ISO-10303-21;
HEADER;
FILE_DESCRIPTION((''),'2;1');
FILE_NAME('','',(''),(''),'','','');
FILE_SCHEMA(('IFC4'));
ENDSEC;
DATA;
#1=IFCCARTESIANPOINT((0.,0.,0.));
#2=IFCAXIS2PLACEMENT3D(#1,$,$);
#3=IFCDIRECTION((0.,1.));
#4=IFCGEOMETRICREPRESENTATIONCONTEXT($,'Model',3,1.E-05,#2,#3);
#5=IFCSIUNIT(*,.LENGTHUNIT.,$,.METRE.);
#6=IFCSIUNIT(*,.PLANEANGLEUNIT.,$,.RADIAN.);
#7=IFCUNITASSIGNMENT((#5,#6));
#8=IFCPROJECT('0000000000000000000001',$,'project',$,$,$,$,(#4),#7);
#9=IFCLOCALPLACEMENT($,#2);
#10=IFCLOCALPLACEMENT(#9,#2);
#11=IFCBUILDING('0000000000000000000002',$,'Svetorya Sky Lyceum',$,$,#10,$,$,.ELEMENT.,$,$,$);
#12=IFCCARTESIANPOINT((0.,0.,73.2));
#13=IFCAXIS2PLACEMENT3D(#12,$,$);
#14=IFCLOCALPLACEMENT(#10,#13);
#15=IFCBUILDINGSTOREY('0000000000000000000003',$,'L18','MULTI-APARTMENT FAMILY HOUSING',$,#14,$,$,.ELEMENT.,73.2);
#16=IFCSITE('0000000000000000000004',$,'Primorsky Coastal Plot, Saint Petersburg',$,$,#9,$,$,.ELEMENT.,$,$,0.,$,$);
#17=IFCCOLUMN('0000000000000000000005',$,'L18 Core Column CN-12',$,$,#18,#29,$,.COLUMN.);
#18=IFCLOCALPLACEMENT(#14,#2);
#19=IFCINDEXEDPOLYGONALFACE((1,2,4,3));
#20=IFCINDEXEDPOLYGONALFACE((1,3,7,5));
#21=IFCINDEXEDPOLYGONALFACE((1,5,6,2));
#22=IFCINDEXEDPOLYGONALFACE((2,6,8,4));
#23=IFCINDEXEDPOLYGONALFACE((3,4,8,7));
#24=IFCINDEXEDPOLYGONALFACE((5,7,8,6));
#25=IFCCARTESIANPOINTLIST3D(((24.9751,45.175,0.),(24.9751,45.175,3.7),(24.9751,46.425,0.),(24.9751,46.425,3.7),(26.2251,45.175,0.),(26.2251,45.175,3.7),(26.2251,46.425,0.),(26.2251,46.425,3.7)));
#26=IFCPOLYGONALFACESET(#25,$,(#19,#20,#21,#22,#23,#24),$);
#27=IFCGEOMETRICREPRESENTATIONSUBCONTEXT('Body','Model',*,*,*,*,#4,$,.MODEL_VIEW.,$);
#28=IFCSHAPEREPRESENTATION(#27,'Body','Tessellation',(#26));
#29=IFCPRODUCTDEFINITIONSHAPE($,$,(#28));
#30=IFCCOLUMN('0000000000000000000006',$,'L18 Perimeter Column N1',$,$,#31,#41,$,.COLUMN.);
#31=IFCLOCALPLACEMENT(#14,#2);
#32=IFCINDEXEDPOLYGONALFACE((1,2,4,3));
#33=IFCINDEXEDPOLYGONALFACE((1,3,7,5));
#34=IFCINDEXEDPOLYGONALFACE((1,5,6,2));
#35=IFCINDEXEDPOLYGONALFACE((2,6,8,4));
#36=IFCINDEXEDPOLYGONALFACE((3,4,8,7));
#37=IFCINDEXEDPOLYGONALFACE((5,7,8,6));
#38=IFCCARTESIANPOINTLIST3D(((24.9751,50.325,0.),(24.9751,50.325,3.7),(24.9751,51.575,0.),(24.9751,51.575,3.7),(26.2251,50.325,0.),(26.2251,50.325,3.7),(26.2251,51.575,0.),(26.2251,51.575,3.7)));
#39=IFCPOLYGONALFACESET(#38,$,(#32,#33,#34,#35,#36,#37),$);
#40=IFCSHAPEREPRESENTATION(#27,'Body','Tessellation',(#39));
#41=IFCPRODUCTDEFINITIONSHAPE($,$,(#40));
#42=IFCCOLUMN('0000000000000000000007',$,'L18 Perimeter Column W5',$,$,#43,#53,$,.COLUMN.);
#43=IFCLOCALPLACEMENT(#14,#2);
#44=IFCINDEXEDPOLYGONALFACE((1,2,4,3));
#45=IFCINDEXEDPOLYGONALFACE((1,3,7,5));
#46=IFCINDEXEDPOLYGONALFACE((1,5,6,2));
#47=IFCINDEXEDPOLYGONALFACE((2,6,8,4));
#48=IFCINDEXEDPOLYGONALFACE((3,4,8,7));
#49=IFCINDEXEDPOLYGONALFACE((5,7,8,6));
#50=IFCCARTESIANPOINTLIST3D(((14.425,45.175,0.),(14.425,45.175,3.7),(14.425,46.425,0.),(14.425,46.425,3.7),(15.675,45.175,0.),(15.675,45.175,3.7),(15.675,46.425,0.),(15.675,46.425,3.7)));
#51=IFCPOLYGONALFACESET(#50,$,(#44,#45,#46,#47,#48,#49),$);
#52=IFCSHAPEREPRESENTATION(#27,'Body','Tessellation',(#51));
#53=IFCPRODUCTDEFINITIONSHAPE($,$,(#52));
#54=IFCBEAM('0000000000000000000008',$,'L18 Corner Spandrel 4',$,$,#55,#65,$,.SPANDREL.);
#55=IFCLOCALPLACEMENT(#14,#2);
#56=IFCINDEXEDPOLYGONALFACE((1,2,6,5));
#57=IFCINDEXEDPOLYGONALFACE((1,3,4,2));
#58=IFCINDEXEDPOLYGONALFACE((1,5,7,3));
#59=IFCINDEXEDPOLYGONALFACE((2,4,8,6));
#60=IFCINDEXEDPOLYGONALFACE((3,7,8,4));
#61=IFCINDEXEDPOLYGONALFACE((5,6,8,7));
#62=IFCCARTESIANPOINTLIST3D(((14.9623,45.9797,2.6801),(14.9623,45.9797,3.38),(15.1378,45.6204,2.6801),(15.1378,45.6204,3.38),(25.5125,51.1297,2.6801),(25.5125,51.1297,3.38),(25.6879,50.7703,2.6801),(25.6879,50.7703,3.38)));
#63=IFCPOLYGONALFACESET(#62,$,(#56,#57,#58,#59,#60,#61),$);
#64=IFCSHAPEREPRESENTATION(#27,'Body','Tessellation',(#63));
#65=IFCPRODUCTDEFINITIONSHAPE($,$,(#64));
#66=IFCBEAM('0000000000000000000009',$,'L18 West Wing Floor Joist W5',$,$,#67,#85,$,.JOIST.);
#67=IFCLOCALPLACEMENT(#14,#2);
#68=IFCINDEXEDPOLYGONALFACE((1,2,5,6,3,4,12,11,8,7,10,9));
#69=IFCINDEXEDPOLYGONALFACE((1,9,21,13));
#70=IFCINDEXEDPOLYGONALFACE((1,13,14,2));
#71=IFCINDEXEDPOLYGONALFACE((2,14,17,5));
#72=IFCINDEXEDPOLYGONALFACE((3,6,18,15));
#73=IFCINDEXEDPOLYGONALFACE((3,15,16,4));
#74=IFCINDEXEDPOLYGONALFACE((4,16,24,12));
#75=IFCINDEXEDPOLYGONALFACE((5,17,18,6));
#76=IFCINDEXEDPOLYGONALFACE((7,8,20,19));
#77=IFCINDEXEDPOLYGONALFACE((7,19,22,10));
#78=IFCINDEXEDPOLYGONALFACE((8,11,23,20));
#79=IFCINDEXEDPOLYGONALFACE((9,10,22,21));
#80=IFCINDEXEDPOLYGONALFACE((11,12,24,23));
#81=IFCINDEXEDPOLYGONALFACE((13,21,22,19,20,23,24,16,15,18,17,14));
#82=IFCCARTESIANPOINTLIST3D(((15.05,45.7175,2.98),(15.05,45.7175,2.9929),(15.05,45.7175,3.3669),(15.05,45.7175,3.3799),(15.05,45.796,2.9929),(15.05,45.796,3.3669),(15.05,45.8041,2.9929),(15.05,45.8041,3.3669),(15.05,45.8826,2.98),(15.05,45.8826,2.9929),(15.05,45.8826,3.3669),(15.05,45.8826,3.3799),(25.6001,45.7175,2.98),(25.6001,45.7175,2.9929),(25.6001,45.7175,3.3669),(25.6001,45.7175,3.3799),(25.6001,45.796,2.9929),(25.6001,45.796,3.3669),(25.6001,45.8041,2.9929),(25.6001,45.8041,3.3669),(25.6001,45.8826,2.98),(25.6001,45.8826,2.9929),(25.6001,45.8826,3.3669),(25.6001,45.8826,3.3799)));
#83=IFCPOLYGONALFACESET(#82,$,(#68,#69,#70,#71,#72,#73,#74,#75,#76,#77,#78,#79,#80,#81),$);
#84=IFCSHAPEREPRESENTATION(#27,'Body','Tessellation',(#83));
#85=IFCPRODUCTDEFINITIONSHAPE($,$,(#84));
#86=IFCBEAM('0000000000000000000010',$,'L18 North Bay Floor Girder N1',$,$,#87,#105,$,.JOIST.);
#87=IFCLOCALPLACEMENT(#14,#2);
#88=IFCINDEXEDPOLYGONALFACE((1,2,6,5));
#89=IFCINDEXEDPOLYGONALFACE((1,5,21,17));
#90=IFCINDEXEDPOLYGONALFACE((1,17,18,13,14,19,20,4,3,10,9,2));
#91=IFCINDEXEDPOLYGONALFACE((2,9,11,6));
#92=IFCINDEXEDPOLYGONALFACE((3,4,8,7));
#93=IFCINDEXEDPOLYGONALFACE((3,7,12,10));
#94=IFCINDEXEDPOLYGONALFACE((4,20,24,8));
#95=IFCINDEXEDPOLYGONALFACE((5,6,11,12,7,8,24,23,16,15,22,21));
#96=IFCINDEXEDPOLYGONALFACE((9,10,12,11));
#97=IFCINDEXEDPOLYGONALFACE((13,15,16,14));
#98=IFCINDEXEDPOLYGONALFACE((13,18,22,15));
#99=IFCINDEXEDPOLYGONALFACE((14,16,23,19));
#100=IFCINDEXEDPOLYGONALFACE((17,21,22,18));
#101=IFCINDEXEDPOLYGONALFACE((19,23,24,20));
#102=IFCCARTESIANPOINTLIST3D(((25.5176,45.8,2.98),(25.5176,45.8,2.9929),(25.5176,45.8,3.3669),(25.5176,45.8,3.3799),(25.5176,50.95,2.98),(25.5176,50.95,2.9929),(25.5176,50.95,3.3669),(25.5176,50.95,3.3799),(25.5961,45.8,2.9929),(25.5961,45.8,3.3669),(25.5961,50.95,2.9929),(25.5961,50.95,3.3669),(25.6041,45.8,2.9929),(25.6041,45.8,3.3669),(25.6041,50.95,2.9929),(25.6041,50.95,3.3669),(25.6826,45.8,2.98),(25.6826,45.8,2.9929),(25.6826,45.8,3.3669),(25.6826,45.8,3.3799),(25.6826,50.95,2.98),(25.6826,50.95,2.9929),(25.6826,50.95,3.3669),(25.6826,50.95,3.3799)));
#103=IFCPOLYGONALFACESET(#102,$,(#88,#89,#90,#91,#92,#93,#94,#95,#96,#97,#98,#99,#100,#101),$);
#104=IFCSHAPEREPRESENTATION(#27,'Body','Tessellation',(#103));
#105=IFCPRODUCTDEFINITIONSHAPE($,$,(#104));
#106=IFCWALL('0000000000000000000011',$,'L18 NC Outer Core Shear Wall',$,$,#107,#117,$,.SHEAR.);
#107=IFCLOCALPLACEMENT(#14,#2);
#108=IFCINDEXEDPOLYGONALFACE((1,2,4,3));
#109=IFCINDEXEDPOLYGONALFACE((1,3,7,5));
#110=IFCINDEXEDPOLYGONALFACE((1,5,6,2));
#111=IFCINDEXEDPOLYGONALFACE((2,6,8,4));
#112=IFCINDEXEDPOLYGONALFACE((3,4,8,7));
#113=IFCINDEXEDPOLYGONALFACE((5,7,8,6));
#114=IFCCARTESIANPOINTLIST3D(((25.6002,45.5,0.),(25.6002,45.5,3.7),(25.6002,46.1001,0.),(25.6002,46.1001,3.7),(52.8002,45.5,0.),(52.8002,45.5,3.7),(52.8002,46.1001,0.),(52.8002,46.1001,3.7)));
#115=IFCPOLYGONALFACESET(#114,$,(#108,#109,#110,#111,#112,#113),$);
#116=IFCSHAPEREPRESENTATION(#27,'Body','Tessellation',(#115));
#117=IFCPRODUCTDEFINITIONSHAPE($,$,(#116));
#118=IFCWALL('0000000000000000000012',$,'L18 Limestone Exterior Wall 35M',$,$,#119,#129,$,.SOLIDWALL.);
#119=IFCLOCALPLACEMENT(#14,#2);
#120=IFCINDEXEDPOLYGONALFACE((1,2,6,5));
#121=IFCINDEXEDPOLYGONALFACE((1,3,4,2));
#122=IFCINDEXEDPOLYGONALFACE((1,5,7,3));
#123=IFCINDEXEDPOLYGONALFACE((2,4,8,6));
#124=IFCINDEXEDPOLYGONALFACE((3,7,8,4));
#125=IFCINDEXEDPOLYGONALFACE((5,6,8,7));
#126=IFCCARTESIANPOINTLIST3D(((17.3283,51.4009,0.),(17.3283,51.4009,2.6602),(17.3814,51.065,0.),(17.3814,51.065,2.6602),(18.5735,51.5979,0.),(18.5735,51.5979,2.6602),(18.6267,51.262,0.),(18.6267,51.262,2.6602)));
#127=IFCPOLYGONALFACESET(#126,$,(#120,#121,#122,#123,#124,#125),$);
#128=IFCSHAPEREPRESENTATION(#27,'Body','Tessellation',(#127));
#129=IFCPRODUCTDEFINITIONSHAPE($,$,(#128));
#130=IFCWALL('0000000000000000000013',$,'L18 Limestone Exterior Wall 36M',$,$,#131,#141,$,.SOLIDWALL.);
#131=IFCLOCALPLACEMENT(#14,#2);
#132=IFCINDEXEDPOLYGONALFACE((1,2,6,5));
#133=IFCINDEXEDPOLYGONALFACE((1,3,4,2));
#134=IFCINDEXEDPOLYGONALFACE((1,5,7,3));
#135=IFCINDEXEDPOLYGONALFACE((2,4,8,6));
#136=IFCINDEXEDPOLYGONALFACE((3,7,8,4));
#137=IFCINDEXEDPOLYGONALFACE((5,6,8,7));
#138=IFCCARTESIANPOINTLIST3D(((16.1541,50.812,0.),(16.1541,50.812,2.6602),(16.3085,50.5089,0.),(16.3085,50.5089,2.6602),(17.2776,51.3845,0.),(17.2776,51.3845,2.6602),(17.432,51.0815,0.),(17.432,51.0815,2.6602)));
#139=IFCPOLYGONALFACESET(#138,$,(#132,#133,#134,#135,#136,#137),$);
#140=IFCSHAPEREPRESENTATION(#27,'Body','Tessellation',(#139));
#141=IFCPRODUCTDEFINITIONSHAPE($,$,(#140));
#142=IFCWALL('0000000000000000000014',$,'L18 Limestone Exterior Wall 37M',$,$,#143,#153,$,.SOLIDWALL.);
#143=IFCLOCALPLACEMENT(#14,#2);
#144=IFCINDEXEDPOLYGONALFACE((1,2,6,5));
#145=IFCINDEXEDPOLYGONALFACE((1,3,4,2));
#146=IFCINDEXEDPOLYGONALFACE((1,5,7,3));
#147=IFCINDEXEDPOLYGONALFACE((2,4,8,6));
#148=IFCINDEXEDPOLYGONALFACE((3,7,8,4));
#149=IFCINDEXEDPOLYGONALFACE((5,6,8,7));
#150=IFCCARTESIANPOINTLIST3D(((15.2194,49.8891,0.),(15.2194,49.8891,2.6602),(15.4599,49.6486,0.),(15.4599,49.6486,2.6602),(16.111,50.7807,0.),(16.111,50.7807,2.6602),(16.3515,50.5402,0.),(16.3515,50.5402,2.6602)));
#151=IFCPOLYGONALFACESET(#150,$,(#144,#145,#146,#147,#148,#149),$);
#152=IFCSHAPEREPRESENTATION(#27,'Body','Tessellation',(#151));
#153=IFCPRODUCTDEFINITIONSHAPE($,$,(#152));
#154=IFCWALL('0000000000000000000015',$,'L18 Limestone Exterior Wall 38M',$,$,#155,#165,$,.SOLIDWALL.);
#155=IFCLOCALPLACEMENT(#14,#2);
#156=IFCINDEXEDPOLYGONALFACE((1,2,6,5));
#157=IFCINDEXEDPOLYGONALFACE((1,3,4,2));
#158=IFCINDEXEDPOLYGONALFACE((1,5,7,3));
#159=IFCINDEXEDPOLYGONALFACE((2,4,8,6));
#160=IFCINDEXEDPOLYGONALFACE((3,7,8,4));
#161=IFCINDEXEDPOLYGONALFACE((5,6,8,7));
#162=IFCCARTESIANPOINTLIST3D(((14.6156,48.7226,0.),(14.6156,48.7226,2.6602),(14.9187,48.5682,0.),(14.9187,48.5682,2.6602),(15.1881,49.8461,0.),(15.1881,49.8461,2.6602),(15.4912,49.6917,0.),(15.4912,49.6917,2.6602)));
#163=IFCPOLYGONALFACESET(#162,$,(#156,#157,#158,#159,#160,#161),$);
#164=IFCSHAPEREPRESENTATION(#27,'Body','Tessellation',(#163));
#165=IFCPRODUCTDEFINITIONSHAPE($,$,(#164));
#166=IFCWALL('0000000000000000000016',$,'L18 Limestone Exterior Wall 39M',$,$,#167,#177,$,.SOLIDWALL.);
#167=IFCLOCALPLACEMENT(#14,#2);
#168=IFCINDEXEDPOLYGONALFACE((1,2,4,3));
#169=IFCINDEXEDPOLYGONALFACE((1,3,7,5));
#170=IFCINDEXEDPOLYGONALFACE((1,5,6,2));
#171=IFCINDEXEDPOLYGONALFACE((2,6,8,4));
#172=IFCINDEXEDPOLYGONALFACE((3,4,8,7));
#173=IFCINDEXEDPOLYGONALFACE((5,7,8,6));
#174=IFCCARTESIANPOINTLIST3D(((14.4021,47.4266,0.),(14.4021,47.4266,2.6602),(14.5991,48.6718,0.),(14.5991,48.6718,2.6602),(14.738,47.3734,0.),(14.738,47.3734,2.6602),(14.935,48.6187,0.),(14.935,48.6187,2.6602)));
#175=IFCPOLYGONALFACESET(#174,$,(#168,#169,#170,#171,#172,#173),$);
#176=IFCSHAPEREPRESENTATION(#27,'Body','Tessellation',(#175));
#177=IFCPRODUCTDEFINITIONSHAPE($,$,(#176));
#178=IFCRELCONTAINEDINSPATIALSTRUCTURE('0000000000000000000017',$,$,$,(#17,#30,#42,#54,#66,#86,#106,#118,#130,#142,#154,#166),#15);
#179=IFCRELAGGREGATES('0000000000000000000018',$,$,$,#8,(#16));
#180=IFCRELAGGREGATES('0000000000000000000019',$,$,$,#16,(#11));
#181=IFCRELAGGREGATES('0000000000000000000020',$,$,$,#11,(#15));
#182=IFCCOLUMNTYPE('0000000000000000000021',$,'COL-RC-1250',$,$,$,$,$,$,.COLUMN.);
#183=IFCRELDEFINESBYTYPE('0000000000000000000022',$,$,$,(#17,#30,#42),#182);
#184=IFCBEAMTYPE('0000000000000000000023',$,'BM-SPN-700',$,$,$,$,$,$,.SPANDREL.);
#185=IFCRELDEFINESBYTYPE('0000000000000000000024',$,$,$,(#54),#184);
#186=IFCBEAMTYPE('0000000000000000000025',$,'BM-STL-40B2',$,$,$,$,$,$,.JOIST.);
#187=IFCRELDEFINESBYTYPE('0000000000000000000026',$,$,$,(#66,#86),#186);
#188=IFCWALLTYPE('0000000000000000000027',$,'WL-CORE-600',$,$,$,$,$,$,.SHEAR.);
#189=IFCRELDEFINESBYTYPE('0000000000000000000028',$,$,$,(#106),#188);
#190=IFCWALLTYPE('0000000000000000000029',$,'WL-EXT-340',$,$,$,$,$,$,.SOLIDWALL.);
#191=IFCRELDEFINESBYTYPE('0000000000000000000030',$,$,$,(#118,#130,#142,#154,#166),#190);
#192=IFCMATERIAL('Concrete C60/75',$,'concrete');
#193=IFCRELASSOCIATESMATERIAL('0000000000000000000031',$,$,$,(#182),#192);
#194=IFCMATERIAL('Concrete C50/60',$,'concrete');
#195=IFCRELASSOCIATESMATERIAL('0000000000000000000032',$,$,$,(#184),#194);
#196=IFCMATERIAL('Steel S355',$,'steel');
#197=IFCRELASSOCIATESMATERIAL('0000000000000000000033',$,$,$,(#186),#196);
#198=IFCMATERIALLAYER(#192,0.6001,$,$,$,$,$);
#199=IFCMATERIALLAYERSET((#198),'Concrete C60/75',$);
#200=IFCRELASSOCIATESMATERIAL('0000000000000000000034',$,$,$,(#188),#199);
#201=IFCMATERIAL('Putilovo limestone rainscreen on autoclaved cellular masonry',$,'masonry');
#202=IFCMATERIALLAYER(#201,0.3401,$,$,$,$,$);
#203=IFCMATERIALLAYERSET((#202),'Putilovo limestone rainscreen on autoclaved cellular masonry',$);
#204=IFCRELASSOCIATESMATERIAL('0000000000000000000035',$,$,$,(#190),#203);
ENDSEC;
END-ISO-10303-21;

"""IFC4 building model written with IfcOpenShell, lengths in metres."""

from ifc_helpers import new_model, si_unit, direction, frame, frame_2d, origin, origin_2d, place, context, subcontext, project, spatial, rectangle, i_section, extrude, material, layer, layer_set, material_profile, profile_set, type_object, element, save


model = new_model("IFC4")

# Units and contexts
model_context = context("Model", 3, precision=1e-05, world=origin(), true_north=direction((0.0, 1.0)))
body_context = subcontext(model_context, "Body", "Model", "MODEL_VIEW")
ifc_project = project(units=[si_unit("LENGTHUNIT", "METRE"), si_unit("PLANEANGLEUNIT", "RADIAN")], contexts=[model_context])

# Site, building, storey
site_placement = place(None, origin())
site = spatial("IfcSite", under=ifc_project, at=site_placement, Name="Primorsky Coastal Plot, Saint Petersburg", CompositionType="ELEMENT", RefElevation=0.0)
building_placement = place(site_placement, origin())
building = spatial("IfcBuilding", under=site, at=building_placement, Name="Svetorya Sky Lyceum", CompositionType="ELEMENT")
storey_placement = place(building_placement, frame((0.0, 0.0, 73.2)))
storey = spatial("IfcBuildingStorey", under=building, at=storey_placement, Name="L18", Description="MULTI-APARTMENT FAMILY HOUSING", CompositionType="ELEMENT", Elevation=73.2)

# Columns
ifc_material_1 = material(Name="Concrete C60/75", Category="concrete")
ifc_material_profile_1 = material_profile(ifc_material_1, rectangle(XDim=1.25, YDim=1.25, at=origin_2d()), Name="RC COL 1250x1250")
ifc_profile_set_1 = profile_set([ifc_material_profile_1], Name="Concrete C60/75")
column_type = type_object("IfcColumnType", Name="COL-RC-1250", PredefinedType="COLUMN", material=ifc_profile_set_1)
for number, where, z_axis, x_axis, name in (
    (1, (25.6001, 45.8, 0.0), (0.0, 0.0, 1.0), (1.0, 0.0, 0.0), "L18 Core Column CN-12"),
    (2, (25.6001, 50.95, 0.0), (0.0, 0.0, 1.0), (1.0, 0.0, 0.0), "L18 Perimeter Column N1"),
    (3, (15.05, 45.8, 0.0), (0.0, 0.0, 1.0), (1.0, 0.0, 0.0), "L18 Perimeter Column W5"),
):
    element("IfcColumn", number, at=place(storey_placement, frame(where, z_axis=z_axis, x_axis=x_axis)), inside=storey, type_object=column_type, Name=name, PredefinedType="COLUMN", context=body_context, shape_type="SweptSolid", body=[
        extrude(rectangle(XDim=1.25, YDim=1.25, at=origin_2d()), origin(), (0.0, 0.0, 1.0), 3.7),
    ])

# Beams
ifc_material_2 = material(Name="Concrete C50/60", Category="concrete")
ifc_material_profile_2 = material_profile(ifc_material_2, rectangle(XDim=0.3999, YDim=0.7, at=origin_2d()), Name="RC SPANDREL 400x700")
ifc_profile_set_2 = profile_set([ifc_material_profile_2], Name="Concrete C50/60")
beam_type_1 = type_object("IfcBeamType", Name="BM-SPN-700", PredefinedType="SPANDREL", material=ifc_profile_set_2)
beam_1_placement = place(storey_placement, frame((15.05, 45.8, 3.03), z_axis=(0.89865, 0.438667, 0.0), x_axis=(-0.438667, 0.89865, 0.0)))
element("IfcBeam", 4, at=beam_1_placement, inside=storey, type_object=beam_type_1, Name="L18 Corner Spandrel 4", PredefinedType="SPANDREL", context=body_context, shape_type="SweptSolid", body=[
    extrude(rectangle(XDim=0.3999, YDim=0.7, at=origin_2d()), origin(), (0.0, 0.0, 1.0), 11.74),
])
ifc_material_3 = material(Name="Steel S355", Category="steel")
ifc_material_profile_3 = material_profile(ifc_material_3, i_section(OverallWidth=0.165, OverallDepth=0.3999, WebThickness=0.0081, FlangeThickness=0.0129, at=origin_2d()), Name="GOST 40B2")
ifc_profile_set_3 = profile_set([ifc_material_profile_3], Name="Steel S355")
beam_type_2 = type_object("IfcBeamType", Name="BM-STL-40B2", PredefinedType="JOIST", material=ifc_profile_set_3)
beam_2_placement = place(storey_placement, frame((15.05, 45.8, 3.1799), z_axis=(1.0, 0.0, 0.0), x_axis=(0.0, 1.0, 0.0)))
element("IfcBeam", 5, at=beam_2_placement, inside=storey, type_object=beam_type_2, Name="L18 West Wing Floor Joist W5", PredefinedType="JOIST", context=body_context, shape_type="SweptSolid", body=[
    extrude(i_section(OverallWidth=0.165, OverallDepth=0.3999, WebThickness=0.0081, FlangeThickness=0.0129, at=origin_2d()), origin(), (0.0, 0.0, 1.0), 10.55),
])
beam_3_placement = place(storey_placement, frame((25.6001, 45.8, 3.1799), z_axis=(0.0, 1.0, 0.0), x_axis=(-1.0, 0.0, 0.0)))
element("IfcBeam", 6, at=beam_3_placement, inside=storey, type_object=beam_type_2, Name="L18 North Bay Floor Girder N1", PredefinedType="JOIST", context=body_context, shape_type="SweptSolid", body=[
    extrude(i_section(OverallWidth=0.165, OverallDepth=0.3999, WebThickness=0.0081, FlangeThickness=0.0129, at=origin_2d()), origin(), (0.0, 0.0, 1.0), 5.1499),
])

# Walls
ifc_layer_1 = layer(ifc_material_1, 0.6001)
ifc_layer_set_1 = layer_set([ifc_layer_1], Name="Concrete C60/75")
wall_type_1 = type_object("IfcWallType", Name="WL-CORE-600", PredefinedType="SHEAR", material=ifc_layer_set_1)
wall_1_placement = place(storey_placement, frame((25.6001, 45.8, 0.0), z_axis=(0.0, 0.0, 1.0), x_axis=(1.0, 0.0, 0.0)))
element("IfcWall", 7, at=wall_1_placement, inside=storey, type_object=wall_type_1, Name="L18 NC Outer Core Shear Wall", PredefinedType="SHEAR", context=body_context, shape_type="SweptSolid", body=[
    extrude(rectangle(XDim=27.2, YDim=0.6001, at=frame_2d((13.6001, 0.0))), origin(), (0.0, 0.0, 1.0), 3.7),
])
ifc_material_4 = material(Name="Putilovo limestone rainscreen on autoclaved cellular masonry", Category="masonry")
ifc_layer_2 = layer(ifc_material_4, 0.3401)
ifc_layer_set_2 = layer_set([ifc_layer_2], Name="Putilovo limestone rainscreen on autoclaved cellular masonry")
wall_type_2 = type_object("IfcWallType", Name="WL-EXT-340", PredefinedType="SOLIDWALL", material=ifc_layer_set_2)
wall_2_placement = place(storey_placement, frame((18.6001, 51.4299, 0.0), z_axis=(0.0, 0.0, 1.0), x_axis=(-0.987716, -0.156261, 0.0)))
element("IfcWall", 8, at=wall_2_placement, inside=storey, type_object=wall_type_2, Name="L18 Limestone Exterior Wall 35M", PredefinedType="SOLIDWALL", context=body_context, shape_type="SweptSolid", body=[
    extrude(rectangle(XDim=1.2607, YDim=0.3401, at=frame_2d((0.6304, 0.0))), origin(), (0.0, 0.0, 1.0), 2.6602),
])
for number, where, z_axis, x_axis, name in (
    (9, (17.3547, 51.2329, 0.0), (0.0, 0.0, 1.0), (-0.890994, -0.454016, 0.0), "L18 Limestone Exterior Wall 36M"),
    (10, (16.2312, 50.6604, 0.0), (0.0, 0.0, 1.0), (-0.707107, -0.707107, 0.0), "L18 Limestone Exterior Wall 37M"),
    (11, (15.3396, 49.7688, 0.0), (0.0, 0.0, 1.0), (-0.454016, -0.890994, 0.0), "L18 Limestone Exterior Wall 38M"),
):
    element("IfcWall", number, at=place(storey_placement, frame(where, z_axis=z_axis, x_axis=x_axis)), inside=storey, type_object=wall_type_2, Name=name, PredefinedType="SOLIDWALL", context=body_context, shape_type="SweptSolid", body=[
        extrude(rectangle(XDim=1.261, YDim=0.3401, at=frame_2d((0.6304, 0.0))), origin(), (0.0, 0.0, 1.0), 2.6602),
    ])
wall_3_placement = place(storey_placement, frame((14.7671, 48.6453, 0.0), z_axis=(0.0, 0.0, 1.0), x_axis=(-0.156261, -0.987716, 0.0)))
element("IfcWall", 12, at=wall_3_placement, inside=storey, type_object=wall_type_2, Name="L18 Limestone Exterior Wall 39M", PredefinedType="SOLIDWALL", context=body_context, shape_type="SweptSolid", body=[
    extrude(rectangle(XDim=1.2607, YDim=0.3401, at=frame_2d((0.6304, 0.0))), origin(), (0.0, 0.0, 1.0), 2.6602),
])

save(model, "model.ifc")
